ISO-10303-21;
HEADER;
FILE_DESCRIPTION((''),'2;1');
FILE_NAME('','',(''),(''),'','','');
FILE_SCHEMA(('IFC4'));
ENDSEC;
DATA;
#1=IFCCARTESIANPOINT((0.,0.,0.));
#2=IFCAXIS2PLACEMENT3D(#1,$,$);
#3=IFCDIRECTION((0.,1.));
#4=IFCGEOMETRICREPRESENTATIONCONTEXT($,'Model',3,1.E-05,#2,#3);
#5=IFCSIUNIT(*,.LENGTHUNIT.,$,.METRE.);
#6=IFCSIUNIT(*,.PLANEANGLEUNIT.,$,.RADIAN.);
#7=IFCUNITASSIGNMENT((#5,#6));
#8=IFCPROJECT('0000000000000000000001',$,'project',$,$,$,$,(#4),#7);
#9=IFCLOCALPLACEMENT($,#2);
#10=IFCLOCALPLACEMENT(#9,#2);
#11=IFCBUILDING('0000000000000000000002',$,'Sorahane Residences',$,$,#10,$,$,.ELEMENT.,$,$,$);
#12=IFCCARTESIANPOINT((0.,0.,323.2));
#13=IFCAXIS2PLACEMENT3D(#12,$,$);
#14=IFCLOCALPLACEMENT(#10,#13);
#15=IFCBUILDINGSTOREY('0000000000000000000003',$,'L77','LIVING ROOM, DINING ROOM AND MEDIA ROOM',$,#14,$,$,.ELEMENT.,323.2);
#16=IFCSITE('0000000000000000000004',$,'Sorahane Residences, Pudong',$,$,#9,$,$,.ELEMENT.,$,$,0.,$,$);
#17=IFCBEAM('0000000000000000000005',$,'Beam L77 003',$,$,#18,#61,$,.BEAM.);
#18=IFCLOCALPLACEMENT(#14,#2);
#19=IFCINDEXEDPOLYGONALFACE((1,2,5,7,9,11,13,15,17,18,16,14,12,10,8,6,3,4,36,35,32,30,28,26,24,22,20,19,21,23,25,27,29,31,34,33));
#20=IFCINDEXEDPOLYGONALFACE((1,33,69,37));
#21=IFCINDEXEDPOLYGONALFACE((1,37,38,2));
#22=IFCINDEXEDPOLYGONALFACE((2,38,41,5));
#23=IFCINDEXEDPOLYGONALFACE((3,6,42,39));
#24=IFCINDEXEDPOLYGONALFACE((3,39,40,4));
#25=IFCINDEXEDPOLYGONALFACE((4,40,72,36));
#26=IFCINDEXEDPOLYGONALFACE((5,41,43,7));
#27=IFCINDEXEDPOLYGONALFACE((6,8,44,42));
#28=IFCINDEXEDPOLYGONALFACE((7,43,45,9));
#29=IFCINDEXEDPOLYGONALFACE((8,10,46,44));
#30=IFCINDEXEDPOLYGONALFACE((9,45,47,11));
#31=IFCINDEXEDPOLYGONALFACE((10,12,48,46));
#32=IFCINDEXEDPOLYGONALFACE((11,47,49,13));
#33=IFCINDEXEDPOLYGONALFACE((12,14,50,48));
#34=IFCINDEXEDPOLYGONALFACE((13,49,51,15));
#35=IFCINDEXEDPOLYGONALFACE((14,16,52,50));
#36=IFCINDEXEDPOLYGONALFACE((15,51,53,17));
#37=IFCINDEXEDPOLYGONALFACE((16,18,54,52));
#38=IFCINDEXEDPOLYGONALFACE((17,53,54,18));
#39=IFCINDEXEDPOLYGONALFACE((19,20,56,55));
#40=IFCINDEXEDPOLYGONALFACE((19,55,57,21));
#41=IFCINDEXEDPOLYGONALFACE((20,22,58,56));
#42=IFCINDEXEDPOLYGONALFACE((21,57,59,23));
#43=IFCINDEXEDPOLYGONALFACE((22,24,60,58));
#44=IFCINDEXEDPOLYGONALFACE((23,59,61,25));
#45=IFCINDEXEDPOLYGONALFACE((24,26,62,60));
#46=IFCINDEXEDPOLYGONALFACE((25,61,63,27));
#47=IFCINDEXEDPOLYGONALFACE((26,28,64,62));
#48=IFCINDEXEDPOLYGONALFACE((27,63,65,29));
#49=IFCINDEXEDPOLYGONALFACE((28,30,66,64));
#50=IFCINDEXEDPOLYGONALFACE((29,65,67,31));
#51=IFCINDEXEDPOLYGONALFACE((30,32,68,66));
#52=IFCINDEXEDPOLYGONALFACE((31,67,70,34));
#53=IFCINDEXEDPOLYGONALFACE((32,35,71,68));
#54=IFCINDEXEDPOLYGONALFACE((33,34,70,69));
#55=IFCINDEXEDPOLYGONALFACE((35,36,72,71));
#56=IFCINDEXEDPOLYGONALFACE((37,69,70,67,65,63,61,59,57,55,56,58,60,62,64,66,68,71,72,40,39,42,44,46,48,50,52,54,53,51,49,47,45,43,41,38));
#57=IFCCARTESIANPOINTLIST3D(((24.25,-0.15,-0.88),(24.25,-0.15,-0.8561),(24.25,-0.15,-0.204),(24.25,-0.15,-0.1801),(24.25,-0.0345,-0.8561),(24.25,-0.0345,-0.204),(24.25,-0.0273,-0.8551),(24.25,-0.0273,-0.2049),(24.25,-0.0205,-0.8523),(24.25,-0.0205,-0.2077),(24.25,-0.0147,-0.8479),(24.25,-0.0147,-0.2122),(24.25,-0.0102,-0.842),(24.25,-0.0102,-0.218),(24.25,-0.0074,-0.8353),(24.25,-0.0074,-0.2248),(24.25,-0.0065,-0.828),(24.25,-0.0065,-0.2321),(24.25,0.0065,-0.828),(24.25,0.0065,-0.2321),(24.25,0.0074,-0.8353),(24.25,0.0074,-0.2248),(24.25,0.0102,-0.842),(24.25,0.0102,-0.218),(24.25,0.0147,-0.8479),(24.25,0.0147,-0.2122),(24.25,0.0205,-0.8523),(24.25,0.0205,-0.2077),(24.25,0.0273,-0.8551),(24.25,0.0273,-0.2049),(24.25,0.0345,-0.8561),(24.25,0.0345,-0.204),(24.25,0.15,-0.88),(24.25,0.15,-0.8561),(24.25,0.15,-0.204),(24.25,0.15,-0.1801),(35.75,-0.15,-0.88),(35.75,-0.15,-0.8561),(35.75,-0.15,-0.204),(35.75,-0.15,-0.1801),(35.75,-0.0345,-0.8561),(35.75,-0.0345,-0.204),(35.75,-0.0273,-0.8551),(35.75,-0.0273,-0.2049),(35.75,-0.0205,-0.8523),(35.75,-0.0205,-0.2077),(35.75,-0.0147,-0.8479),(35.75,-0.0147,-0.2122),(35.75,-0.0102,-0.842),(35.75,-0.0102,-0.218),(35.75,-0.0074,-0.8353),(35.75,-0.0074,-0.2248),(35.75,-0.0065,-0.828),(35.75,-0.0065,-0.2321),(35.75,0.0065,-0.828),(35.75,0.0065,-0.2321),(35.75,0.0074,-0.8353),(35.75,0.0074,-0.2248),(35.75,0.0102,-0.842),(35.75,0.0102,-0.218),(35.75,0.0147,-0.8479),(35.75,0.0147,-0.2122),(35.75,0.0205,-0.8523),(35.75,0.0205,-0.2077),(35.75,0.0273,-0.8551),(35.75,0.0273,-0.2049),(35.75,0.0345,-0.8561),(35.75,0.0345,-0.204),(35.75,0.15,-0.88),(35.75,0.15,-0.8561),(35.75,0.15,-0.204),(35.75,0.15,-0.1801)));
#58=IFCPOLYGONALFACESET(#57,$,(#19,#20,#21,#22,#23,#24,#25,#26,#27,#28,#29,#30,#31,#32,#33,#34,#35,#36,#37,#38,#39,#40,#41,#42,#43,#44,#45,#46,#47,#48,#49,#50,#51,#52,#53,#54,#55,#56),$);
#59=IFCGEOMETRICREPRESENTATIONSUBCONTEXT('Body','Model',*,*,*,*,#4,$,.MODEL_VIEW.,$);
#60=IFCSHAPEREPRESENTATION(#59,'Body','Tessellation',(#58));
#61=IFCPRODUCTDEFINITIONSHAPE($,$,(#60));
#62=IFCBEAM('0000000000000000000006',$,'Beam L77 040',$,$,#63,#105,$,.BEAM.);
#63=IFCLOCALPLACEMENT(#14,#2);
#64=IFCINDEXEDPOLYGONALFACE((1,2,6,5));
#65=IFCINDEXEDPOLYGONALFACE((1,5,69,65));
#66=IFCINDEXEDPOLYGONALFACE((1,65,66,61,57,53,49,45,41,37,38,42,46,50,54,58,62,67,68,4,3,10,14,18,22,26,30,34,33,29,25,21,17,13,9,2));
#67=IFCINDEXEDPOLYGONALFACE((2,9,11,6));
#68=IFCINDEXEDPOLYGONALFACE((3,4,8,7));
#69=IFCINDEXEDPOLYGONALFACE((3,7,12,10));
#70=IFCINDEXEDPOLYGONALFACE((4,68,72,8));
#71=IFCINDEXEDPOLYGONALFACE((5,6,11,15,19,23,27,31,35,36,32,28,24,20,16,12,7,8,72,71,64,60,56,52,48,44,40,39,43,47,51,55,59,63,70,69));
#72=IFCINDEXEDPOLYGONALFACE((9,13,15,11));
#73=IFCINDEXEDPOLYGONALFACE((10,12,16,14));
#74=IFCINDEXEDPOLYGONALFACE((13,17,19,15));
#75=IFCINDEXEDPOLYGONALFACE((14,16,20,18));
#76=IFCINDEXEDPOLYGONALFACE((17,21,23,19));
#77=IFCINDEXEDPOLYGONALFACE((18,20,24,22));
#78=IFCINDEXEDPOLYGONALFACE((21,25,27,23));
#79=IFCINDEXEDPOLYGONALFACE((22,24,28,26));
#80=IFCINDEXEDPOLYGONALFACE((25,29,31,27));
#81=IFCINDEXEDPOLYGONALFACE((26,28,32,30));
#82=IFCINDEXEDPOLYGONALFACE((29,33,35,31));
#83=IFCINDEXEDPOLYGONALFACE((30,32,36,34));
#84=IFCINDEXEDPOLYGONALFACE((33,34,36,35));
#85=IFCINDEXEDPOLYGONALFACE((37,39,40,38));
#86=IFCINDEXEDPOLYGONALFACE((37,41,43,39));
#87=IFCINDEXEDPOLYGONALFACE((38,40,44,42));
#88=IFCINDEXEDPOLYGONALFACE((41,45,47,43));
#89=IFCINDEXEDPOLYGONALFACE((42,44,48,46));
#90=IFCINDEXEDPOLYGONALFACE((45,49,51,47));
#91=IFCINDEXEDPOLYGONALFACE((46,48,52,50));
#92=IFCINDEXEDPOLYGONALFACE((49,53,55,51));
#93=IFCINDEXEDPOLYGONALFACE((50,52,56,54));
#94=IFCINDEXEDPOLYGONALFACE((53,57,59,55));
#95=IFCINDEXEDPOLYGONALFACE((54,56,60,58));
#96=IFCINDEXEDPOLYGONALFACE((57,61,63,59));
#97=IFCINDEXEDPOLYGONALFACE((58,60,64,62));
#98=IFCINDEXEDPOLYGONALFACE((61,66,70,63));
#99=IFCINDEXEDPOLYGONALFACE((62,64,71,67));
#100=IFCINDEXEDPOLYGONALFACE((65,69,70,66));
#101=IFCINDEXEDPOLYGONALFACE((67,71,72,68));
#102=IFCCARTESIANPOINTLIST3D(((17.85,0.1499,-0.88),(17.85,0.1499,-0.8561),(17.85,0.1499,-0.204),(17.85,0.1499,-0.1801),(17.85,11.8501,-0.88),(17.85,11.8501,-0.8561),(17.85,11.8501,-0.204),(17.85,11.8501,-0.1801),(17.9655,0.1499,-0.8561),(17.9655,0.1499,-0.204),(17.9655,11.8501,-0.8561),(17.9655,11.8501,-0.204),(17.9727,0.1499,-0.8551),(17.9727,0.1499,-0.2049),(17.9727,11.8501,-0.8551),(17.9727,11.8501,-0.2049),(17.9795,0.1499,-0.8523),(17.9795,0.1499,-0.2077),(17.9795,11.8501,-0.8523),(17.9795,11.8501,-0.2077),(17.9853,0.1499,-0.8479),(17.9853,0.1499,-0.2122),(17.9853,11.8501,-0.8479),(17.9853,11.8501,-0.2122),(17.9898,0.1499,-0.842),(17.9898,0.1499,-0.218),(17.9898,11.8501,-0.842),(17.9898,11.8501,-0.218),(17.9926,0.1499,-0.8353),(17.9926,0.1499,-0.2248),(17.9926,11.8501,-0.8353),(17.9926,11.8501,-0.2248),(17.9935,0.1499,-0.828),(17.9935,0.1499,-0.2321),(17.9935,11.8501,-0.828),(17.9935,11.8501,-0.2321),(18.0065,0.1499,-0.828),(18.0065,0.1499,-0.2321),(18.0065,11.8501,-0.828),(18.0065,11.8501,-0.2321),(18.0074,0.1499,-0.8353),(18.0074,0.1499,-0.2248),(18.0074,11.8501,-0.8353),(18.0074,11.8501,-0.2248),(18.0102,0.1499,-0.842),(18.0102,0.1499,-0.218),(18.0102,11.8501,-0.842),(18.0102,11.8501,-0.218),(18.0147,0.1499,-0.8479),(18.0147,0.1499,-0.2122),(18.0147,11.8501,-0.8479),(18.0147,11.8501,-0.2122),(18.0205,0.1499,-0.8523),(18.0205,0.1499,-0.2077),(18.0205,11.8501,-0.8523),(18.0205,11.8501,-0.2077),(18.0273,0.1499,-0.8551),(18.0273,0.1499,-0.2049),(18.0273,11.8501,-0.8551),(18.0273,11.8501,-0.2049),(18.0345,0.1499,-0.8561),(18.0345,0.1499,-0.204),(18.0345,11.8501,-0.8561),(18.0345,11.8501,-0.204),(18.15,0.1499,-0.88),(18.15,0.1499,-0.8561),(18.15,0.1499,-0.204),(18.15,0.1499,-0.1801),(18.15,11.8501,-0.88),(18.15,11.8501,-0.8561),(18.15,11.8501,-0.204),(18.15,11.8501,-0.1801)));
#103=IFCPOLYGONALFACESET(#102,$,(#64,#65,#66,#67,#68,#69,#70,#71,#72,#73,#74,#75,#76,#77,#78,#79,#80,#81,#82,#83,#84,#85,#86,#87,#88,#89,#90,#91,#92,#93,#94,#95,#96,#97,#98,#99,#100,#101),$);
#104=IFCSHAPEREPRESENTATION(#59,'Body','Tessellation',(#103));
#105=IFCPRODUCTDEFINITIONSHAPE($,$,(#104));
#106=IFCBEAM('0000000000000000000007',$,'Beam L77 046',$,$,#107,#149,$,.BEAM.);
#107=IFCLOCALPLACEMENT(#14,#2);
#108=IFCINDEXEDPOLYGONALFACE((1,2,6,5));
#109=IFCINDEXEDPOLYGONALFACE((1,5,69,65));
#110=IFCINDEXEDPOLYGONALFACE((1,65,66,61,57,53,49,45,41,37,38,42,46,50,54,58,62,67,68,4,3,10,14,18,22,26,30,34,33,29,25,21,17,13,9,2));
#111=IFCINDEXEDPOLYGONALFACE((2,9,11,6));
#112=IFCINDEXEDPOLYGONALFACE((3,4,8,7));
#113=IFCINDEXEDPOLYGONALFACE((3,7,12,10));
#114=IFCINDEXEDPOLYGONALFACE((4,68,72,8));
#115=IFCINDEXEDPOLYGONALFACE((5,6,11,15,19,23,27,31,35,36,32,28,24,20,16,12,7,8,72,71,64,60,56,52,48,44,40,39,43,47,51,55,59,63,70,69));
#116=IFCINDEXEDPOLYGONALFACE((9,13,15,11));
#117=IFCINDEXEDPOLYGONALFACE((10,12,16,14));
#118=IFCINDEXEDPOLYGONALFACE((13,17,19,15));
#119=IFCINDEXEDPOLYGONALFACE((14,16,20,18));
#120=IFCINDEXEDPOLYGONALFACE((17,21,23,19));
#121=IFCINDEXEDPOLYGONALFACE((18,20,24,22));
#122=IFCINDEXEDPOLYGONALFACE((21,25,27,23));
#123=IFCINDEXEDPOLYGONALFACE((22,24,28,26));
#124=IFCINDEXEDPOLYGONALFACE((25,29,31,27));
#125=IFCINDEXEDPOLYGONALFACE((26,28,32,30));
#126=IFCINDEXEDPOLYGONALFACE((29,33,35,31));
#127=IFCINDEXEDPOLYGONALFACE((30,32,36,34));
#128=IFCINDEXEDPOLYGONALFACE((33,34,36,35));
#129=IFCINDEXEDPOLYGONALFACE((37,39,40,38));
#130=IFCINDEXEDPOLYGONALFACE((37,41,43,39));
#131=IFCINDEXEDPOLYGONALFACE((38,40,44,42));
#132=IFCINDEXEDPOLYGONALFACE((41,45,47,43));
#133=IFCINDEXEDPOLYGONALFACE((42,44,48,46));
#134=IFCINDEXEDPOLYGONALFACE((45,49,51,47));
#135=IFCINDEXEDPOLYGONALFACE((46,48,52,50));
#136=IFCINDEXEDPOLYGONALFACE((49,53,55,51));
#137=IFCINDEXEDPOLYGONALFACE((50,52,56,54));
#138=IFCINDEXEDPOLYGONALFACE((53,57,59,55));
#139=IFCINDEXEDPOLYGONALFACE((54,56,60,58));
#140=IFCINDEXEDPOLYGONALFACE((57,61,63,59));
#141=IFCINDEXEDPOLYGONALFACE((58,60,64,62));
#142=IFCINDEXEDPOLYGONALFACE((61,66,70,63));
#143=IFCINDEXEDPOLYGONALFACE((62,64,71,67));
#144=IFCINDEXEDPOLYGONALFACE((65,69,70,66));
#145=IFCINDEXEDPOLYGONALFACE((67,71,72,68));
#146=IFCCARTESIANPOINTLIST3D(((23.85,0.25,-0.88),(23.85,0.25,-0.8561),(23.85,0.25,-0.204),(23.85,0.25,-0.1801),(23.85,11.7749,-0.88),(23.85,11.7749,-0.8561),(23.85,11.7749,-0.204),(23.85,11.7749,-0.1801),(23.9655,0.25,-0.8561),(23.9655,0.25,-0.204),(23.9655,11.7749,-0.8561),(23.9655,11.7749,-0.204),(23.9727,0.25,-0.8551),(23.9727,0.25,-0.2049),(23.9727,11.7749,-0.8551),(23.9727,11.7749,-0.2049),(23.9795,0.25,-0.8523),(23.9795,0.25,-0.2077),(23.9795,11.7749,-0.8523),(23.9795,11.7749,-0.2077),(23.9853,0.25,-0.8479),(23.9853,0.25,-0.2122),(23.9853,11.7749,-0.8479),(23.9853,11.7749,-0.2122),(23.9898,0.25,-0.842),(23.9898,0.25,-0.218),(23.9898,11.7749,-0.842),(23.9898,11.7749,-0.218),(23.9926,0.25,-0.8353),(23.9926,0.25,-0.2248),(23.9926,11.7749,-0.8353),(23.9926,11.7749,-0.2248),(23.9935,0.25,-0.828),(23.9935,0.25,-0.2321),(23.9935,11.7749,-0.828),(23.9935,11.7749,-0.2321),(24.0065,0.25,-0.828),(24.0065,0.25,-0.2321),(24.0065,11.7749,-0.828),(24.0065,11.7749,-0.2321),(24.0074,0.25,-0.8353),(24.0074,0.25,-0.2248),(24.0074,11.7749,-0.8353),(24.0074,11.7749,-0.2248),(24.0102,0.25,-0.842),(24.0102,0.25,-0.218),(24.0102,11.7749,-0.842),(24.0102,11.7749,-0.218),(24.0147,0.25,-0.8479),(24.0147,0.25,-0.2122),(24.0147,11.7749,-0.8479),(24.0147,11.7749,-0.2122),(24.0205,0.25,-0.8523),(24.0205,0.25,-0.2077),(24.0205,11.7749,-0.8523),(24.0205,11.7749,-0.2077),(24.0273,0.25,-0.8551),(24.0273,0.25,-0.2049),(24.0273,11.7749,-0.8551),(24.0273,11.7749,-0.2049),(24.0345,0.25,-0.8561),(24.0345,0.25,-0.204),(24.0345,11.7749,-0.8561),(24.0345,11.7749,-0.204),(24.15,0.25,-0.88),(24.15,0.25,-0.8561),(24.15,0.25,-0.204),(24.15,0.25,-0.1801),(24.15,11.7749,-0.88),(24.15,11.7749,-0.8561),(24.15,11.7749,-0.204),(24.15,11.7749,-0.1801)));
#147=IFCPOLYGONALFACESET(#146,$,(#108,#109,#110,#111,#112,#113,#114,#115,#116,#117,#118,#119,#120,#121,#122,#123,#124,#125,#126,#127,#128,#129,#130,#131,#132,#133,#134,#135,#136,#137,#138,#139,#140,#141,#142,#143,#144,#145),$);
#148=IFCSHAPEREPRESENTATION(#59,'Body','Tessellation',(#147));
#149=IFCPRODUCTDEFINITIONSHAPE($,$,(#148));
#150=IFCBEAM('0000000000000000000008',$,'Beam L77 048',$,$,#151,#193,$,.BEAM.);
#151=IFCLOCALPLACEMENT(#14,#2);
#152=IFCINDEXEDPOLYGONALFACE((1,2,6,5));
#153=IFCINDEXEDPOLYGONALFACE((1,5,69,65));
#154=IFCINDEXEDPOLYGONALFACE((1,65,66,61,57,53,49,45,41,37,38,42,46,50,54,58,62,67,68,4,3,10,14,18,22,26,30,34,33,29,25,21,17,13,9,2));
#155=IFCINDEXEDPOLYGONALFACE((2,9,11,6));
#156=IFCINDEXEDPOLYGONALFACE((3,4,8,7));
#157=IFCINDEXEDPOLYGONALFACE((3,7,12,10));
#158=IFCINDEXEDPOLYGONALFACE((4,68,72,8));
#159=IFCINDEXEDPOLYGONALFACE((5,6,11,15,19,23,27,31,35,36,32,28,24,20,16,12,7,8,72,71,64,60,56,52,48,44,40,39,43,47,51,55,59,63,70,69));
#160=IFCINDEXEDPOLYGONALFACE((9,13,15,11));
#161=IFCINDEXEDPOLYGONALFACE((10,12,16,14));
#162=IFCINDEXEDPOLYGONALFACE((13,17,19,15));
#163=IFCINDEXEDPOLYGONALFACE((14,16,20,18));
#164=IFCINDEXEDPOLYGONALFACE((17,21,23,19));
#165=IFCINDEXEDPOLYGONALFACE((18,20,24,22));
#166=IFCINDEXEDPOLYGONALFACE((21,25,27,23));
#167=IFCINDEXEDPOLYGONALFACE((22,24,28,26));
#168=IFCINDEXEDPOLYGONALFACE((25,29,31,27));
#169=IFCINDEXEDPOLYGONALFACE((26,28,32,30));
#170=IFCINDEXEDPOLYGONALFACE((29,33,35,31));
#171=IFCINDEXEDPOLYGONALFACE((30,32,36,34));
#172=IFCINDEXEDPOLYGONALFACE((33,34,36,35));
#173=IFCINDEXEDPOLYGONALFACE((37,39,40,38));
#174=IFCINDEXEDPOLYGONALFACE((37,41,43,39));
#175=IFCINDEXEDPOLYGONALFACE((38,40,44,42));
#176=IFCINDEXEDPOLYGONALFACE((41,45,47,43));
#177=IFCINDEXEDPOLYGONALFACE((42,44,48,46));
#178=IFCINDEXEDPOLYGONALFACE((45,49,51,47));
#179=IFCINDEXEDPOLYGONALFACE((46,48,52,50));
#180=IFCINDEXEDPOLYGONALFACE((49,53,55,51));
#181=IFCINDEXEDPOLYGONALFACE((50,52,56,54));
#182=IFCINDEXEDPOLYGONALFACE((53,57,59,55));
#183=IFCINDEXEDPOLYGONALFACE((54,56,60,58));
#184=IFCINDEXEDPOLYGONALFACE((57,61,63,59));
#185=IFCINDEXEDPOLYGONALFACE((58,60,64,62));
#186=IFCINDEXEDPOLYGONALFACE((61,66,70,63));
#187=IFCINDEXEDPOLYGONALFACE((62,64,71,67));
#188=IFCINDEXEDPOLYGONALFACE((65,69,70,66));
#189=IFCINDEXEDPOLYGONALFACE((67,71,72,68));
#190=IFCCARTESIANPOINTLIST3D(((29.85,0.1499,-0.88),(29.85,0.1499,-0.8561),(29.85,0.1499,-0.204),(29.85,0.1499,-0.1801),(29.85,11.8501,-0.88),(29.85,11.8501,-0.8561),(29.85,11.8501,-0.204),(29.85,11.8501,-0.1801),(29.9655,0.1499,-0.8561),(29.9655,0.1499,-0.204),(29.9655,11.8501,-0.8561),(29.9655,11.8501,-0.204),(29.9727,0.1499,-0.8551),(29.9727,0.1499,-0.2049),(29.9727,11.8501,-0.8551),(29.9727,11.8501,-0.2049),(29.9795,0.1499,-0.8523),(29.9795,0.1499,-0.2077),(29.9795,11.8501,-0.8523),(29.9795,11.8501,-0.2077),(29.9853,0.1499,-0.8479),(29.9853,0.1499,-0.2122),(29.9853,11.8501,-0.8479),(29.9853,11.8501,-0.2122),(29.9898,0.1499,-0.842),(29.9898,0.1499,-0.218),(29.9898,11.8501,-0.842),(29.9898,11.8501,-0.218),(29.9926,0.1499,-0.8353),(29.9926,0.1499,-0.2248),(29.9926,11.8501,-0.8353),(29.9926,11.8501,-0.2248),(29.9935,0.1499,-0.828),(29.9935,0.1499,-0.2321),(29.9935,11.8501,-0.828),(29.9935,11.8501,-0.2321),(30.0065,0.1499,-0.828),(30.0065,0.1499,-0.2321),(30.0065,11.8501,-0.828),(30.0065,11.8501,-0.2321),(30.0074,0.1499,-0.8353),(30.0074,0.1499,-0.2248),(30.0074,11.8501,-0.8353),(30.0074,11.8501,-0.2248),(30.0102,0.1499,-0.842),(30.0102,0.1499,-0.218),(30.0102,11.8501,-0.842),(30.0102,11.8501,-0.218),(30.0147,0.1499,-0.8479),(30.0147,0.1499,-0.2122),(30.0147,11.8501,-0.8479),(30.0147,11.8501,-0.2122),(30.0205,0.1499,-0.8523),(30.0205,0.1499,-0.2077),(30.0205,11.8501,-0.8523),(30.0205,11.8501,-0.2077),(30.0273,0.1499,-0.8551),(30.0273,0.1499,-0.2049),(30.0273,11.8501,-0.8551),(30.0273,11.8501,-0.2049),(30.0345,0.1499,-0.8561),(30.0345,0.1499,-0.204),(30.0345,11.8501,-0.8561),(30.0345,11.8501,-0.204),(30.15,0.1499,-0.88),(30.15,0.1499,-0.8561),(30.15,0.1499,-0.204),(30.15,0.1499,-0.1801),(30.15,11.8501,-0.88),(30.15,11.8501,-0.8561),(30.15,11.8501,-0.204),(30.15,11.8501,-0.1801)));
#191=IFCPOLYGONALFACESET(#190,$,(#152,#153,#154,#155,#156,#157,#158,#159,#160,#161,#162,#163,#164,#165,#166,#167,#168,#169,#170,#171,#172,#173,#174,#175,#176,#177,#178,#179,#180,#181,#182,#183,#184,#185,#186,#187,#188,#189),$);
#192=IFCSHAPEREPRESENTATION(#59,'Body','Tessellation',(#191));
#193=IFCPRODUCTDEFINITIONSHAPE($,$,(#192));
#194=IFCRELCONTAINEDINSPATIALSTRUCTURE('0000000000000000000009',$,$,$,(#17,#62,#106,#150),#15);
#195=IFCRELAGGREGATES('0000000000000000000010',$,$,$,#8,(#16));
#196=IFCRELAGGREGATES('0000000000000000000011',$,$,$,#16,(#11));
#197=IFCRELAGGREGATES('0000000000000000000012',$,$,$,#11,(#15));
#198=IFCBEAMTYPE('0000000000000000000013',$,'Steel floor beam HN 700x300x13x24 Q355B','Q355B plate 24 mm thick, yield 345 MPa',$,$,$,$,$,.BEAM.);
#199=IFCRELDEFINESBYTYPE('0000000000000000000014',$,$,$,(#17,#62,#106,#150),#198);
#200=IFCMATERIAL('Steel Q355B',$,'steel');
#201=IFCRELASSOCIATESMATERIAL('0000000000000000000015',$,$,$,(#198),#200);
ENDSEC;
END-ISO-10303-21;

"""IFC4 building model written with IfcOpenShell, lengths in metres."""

from ifc_helpers import new_model, si_unit, direction, frame, origin, origin_2d, place, context, subcontext, project, spatial, i_section, extrude, material, material_profile, profile_set, type_object, element, save


model = new_model("IFC4")

# Units and contexts
model_context = context("Model", 3, precision=1e-05, world=origin(), true_north=direction((0.0, 1.0)))
body_context = subcontext(model_context, "Body", "Model", "MODEL_VIEW")
ifc_project = project(units=[si_unit("LENGTHUNIT", "METRE"), si_unit("PLANEANGLEUNIT", "RADIAN")], contexts=[model_context])

# Site, building, storey
site_placement = place(None, origin())
site = spatial("IfcSite", under=ifc_project, at=site_placement, Name="Sorahane Residences, Pudong", CompositionType="ELEMENT", RefElevation=0.0)
building_placement = place(site_placement, origin())
building = spatial("IfcBuilding", under=site, at=building_placement, Name="Sorahane Residences", CompositionType="ELEMENT")
storey_placement = place(building_placement, frame((0.0, 0.0, 323.2)))
storey = spatial("IfcBuildingStorey", under=building, at=storey_placement, Name="L77", Description="LIVING ROOM, DINING ROOM AND MEDIA ROOM", CompositionType="ELEMENT", Elevation=323.2)

# Beams
ifc_material_1 = material(Name="Steel Q355B", Category="steel")
ifc_material_profile_1 = material_profile(ifc_material_1, i_section(OverallWidth=0.3, OverallDepth=0.7, WebThickness=0.0129, FlangeThickness=0.0239, FilletRadius=0.0281, at=origin_2d()), Name="HN 700x300x13x24")
ifc_profile_set_1 = profile_set([ifc_material_profile_1], Name="Steel Q355B")
beam_type_1 = type_object("IfcBeamType", Name="Steel floor beam HN 700x300x13x24 Q355B", Description="Q355B plate 24 mm thick, yield 345 MPa", PredefinedType="BEAM", material=ifc_profile_set_1)
beam_1_placement = place(storey_placement, frame((24.25, 0.0, -0.53), z_axis=(1.0, 0.0, 0.0), x_axis=(0.0, 1.0, 0.0)))
element("IfcBeam", 1, at=beam_1_placement, inside=storey, type_object=beam_type_1, Name="Beam L77 003", PredefinedType="BEAM", context=body_context, shape_type="SweptSolid", body=[
    extrude(i_section(OverallWidth=0.3, OverallDepth=0.7, WebThickness=0.0129, FlangeThickness=0.0239, FilletRadius=0.0281, at=origin_2d()), origin(), (0.0, 0.0, 1.0), 11.5),
])
beam_2_placement = place(storey_placement, frame((18.0, 0.1499, -0.53), z_axis=(0.0, 1.0, 0.0), x_axis=(-1.0, 0.0, 0.0)))
element("IfcBeam", 2, at=beam_2_placement, inside=storey, type_object=beam_type_1, Name="Beam L77 040", PredefinedType="BEAM", context=body_context, shape_type="SweptSolid", body=[
    extrude(i_section(OverallWidth=0.3, OverallDepth=0.7, WebThickness=0.0129, FlangeThickness=0.0239, FilletRadius=0.0281, at=origin_2d()), origin(), (0.0, 0.0, 1.0), 11.7002),
])
beam_3_placement = place(storey_placement, frame((24.0, 0.25, -0.53), z_axis=(0.0, 1.0, 0.0), x_axis=(-1.0, 0.0, 0.0)))
element("IfcBeam", 3, at=beam_3_placement, inside=storey, type_object=beam_type_1, Name="Beam L77 046", PredefinedType="BEAM", context=body_context, shape_type="SweptSolid", body=[
    extrude(i_section(OverallWidth=0.3, OverallDepth=0.7, WebThickness=0.0129, FlangeThickness=0.0239, FilletRadius=0.0281, at=origin_2d()), origin(), (0.0, 0.0, 1.0), 11.5249),
])
beam_4_placement = place(storey_placement, frame((30.0, 0.1499, -0.53), z_axis=(0.0, 1.0, 0.0), x_axis=(-1.0, 0.0, 0.0)))
element("IfcBeam", 4, at=beam_4_placement, inside=storey, type_object=beam_type_1, Name="Beam L77 048", PredefinedType="BEAM", context=body_context, shape_type="SweptSolid", body=[
    extrude(i_section(OverallWidth=0.3, OverallDepth=0.7, WebThickness=0.0129, FlangeThickness=0.0239, FilletRadius=0.0281, at=origin_2d()), origin(), (0.0, 0.0, 1.0), 11.7002),
])

save(model, "model.ifc")
